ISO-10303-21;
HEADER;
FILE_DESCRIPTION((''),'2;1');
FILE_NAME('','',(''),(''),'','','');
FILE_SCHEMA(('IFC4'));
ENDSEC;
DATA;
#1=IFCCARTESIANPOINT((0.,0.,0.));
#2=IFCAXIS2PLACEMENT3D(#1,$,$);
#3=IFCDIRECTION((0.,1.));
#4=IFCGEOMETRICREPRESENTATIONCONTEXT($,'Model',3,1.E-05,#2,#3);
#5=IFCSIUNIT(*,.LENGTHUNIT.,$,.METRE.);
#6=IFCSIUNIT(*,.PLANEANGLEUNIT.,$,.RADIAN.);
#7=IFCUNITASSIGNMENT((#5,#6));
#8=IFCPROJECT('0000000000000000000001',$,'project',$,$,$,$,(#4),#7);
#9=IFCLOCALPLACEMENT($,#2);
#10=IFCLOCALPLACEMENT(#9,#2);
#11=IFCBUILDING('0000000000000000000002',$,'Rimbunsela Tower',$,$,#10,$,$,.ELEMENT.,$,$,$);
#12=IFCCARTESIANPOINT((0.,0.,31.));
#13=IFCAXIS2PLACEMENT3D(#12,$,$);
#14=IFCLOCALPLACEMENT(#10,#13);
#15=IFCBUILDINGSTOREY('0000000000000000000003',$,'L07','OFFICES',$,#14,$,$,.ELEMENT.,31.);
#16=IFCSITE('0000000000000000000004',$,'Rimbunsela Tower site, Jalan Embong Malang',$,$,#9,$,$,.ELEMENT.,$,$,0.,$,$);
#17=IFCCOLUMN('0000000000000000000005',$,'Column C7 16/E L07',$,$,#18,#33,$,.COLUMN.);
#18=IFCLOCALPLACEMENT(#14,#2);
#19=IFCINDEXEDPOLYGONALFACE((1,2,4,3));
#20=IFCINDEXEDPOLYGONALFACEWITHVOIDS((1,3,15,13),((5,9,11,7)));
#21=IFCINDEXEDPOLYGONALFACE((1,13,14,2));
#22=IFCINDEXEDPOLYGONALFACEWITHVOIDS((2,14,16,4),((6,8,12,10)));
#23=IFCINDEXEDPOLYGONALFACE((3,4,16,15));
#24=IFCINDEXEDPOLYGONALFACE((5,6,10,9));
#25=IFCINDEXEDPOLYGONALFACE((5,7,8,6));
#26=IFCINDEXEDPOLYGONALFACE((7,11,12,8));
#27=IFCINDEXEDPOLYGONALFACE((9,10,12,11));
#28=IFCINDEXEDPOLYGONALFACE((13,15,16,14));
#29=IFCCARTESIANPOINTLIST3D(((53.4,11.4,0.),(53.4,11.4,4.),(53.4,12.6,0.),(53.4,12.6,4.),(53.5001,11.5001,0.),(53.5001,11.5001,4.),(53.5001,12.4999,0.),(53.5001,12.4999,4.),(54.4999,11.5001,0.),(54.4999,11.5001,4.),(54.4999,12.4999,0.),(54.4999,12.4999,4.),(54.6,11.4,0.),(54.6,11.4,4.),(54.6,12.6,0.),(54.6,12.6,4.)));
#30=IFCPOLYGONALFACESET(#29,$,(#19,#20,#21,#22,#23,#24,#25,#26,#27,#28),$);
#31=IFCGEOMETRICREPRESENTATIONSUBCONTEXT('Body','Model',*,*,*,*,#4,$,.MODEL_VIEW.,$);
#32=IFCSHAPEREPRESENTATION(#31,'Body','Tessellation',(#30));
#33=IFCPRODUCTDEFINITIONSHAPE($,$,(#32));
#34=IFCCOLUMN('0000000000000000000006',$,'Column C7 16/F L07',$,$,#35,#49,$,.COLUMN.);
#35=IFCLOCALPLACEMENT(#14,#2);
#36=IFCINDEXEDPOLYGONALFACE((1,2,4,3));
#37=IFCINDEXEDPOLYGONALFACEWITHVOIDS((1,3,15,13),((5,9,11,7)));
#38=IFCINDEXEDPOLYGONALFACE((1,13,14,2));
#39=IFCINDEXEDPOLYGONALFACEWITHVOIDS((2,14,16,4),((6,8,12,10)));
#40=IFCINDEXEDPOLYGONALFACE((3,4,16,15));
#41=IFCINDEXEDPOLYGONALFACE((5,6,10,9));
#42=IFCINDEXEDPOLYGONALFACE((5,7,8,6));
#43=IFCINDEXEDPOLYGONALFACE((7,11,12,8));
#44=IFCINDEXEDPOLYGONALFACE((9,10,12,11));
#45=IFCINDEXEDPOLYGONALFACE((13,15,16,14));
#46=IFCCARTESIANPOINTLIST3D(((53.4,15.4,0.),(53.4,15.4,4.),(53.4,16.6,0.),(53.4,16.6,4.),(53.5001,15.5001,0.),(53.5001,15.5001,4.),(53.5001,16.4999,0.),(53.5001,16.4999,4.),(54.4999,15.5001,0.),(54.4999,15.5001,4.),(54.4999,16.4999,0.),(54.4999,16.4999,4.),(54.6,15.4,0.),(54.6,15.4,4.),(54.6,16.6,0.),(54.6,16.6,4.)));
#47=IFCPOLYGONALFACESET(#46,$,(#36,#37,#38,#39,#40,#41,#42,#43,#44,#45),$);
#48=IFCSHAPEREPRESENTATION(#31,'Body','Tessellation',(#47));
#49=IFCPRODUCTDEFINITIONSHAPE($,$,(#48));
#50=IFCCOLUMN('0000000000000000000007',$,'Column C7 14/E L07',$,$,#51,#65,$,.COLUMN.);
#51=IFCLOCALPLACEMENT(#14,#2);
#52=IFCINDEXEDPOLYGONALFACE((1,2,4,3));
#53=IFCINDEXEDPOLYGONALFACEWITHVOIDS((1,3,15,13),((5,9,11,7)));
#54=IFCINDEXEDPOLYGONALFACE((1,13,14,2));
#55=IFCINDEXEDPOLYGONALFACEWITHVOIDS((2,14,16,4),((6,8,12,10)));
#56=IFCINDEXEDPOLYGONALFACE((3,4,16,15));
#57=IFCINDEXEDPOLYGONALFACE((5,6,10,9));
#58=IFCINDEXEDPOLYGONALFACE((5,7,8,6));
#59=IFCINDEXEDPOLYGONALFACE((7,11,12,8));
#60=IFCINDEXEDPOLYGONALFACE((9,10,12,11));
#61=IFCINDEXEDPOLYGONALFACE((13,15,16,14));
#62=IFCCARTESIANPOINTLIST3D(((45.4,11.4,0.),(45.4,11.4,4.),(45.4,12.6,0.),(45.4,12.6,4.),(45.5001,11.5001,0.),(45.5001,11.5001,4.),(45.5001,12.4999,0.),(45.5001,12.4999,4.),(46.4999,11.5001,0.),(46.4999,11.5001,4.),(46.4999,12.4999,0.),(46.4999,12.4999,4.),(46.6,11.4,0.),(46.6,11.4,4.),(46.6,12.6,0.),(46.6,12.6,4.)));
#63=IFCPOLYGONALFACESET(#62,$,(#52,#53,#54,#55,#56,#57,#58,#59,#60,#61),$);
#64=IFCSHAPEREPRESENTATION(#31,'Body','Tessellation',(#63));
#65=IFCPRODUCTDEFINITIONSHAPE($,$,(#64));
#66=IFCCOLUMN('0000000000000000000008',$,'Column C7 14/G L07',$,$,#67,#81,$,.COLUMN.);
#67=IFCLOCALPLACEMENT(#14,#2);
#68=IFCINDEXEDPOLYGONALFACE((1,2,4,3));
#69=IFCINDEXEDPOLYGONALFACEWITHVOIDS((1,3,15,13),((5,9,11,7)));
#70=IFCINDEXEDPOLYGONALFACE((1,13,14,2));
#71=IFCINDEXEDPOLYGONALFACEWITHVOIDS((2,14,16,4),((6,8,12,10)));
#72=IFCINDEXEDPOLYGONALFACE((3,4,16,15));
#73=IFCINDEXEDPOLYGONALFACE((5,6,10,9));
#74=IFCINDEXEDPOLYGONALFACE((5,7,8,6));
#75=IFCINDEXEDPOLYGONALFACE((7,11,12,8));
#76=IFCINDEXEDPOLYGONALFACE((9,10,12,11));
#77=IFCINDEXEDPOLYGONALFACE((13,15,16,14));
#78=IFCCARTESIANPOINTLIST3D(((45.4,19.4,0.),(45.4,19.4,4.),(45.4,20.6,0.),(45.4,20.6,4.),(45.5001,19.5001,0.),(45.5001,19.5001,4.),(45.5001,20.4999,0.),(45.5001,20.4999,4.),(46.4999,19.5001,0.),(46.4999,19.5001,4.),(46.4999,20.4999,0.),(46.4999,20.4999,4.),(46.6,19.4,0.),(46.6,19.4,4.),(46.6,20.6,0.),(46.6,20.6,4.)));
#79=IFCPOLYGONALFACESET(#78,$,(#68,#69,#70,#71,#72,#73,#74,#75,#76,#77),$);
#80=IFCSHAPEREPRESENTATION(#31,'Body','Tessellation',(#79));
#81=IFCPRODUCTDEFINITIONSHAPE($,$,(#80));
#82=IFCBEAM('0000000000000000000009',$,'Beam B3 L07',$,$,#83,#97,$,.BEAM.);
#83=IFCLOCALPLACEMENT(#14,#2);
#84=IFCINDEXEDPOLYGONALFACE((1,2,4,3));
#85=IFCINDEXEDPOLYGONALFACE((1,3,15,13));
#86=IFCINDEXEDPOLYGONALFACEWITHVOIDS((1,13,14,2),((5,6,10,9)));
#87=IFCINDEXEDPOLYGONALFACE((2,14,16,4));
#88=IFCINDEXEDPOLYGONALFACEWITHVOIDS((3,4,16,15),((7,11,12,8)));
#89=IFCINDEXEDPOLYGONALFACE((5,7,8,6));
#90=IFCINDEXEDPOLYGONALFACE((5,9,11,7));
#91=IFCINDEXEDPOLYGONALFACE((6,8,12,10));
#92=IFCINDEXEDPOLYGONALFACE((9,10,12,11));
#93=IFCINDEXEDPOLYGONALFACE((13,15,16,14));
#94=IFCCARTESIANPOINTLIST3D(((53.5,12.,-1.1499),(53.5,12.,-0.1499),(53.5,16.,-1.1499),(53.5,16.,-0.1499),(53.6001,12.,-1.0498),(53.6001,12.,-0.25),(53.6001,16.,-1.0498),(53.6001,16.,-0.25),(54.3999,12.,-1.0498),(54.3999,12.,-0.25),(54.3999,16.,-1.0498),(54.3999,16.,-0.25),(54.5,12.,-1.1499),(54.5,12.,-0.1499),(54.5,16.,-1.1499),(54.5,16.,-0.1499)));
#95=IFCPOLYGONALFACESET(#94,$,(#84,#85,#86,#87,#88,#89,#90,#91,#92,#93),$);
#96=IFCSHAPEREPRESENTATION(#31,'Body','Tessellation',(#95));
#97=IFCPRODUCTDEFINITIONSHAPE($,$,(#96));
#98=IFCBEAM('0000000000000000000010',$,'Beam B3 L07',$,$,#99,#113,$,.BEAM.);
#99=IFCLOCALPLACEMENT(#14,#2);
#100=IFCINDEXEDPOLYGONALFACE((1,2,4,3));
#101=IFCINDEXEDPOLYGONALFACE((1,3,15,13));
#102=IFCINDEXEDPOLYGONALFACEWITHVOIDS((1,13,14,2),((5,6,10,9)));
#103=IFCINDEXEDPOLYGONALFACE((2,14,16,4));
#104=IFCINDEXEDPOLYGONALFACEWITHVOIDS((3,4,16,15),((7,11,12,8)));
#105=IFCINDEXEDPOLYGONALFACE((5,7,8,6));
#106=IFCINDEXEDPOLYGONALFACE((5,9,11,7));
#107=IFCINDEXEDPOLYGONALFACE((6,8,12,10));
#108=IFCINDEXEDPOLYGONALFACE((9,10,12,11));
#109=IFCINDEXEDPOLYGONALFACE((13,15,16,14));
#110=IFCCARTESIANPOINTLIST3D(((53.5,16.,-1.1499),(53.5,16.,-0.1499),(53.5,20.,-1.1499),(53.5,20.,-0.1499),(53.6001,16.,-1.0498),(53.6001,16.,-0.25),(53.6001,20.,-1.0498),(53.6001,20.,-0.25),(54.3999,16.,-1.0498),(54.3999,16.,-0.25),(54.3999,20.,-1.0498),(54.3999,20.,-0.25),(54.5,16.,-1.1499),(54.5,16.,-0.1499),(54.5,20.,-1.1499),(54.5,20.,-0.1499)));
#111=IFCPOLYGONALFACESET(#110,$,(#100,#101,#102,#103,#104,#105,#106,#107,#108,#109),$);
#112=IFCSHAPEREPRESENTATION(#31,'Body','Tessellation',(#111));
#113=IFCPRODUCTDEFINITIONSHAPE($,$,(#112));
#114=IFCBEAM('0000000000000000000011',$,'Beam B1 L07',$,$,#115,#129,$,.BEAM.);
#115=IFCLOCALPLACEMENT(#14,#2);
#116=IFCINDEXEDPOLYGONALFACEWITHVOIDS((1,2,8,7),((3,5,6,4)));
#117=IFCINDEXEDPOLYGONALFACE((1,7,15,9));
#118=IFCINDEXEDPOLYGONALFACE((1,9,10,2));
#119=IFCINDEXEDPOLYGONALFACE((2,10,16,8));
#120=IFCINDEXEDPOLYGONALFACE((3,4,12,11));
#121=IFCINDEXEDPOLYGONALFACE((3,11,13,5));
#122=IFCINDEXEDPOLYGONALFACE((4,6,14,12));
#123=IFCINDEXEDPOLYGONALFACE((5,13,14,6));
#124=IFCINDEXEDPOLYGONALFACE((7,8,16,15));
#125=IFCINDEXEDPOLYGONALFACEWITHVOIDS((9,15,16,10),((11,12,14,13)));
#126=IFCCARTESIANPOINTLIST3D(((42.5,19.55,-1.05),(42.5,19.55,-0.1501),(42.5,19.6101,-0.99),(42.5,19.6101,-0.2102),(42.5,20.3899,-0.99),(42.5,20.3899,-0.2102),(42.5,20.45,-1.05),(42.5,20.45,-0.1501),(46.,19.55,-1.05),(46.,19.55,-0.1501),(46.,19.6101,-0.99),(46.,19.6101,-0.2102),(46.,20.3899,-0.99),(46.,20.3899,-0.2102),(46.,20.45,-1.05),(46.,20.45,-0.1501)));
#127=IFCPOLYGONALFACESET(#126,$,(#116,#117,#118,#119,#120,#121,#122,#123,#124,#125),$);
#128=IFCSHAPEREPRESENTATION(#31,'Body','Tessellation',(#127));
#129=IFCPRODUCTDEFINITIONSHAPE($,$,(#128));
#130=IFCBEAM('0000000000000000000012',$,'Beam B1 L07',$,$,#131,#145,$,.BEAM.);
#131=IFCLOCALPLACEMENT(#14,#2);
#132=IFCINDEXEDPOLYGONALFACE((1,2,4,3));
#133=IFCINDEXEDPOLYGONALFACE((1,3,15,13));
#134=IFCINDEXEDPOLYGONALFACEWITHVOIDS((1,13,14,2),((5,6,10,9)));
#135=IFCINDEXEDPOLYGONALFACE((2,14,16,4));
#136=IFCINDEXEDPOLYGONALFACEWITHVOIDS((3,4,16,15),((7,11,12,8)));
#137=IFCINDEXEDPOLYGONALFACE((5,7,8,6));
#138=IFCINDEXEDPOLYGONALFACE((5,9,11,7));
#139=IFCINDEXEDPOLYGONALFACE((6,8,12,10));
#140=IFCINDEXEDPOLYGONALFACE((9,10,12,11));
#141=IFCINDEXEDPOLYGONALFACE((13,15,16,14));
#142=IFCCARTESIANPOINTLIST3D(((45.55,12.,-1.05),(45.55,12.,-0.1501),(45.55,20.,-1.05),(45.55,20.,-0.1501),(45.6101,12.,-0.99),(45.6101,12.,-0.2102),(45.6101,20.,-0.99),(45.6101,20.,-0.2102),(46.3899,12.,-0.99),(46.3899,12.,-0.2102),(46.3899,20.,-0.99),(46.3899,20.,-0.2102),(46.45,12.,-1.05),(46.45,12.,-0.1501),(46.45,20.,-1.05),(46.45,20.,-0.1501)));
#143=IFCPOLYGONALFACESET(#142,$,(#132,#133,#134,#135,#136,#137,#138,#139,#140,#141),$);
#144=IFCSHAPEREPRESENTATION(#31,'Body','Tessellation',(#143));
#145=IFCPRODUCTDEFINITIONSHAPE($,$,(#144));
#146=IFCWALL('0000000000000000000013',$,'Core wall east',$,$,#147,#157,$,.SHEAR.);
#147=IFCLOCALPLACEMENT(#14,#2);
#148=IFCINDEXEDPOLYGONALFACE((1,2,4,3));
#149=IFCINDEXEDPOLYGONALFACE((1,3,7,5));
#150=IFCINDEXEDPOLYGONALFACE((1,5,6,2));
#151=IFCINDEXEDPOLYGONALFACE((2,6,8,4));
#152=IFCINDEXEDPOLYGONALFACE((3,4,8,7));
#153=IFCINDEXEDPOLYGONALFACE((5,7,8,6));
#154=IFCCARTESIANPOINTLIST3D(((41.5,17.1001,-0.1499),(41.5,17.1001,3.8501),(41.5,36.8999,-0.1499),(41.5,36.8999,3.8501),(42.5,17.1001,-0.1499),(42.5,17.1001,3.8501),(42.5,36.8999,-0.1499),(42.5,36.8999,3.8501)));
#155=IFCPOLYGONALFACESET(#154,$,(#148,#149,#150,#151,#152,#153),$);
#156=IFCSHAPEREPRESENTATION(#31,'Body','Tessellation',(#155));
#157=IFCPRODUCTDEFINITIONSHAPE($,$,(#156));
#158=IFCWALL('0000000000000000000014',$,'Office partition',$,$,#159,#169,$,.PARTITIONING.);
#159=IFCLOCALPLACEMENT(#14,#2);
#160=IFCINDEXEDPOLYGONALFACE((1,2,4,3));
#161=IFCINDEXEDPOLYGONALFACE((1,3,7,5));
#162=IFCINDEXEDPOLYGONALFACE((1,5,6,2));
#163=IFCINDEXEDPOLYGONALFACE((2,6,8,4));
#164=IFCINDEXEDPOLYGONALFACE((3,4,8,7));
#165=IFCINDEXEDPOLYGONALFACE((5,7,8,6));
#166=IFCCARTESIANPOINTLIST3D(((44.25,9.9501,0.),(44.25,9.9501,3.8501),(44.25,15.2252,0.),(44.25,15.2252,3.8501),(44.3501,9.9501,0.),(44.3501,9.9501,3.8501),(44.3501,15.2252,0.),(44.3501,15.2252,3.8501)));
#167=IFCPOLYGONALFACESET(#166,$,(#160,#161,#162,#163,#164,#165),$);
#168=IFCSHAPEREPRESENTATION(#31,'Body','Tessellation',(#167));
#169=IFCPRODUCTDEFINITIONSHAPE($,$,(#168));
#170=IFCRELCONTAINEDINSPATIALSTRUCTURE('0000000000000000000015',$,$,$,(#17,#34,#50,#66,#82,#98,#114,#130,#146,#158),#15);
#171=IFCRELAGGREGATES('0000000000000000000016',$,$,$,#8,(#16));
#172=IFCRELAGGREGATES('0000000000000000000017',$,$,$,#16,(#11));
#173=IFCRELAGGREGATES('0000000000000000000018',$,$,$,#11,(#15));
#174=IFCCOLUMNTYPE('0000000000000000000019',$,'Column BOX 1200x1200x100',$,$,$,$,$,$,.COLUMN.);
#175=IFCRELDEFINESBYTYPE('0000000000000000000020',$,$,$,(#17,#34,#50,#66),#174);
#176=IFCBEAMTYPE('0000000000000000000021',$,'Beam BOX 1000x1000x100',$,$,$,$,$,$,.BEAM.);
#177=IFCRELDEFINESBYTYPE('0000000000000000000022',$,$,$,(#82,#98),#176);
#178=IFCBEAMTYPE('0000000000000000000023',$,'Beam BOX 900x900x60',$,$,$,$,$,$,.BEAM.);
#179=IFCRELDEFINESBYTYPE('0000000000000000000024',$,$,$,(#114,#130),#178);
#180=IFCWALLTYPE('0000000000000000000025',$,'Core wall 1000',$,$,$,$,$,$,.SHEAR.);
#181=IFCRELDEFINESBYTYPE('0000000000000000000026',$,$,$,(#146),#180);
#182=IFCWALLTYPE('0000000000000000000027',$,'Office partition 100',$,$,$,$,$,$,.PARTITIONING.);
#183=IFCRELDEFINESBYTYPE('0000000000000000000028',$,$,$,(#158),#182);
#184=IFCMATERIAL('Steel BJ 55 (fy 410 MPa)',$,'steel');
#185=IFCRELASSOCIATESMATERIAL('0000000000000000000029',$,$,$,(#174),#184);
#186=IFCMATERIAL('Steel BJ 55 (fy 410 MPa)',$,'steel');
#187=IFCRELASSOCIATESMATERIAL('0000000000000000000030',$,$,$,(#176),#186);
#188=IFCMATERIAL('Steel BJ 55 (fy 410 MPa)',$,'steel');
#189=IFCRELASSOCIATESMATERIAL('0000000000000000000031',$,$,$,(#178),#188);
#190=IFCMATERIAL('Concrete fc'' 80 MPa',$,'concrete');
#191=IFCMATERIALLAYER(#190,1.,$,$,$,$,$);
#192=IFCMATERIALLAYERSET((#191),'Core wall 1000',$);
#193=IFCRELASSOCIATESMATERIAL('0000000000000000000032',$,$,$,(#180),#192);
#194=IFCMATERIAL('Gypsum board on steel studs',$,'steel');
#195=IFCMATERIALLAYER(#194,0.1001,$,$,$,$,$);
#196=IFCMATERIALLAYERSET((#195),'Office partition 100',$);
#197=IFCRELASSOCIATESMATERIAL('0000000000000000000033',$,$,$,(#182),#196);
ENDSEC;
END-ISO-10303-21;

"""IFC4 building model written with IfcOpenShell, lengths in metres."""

from ifc_helpers import new_model, si_unit, direction, frame, frame_2d, origin, origin_2d, place, context, subcontext, project, spatial, rectangle, hollow_rectangle, extrude, material, layer, layer_set, material_profile, profile_set, type_object, element, save


model = new_model("IFC4")

# Units and contexts
model_context = context("Model", 3, precision=1e-05, world=origin(), true_north=direction((0.0, 1.0)))
body_context = subcontext(model_context, "Body", "Model", "MODEL_VIEW")
ifc_project = project(units=[si_unit("LENGTHUNIT", "METRE"), si_unit("PLANEANGLEUNIT", "RADIAN")], contexts=[model_context])

# Site, building, storey
site_placement = place(None, origin())
site = spatial("IfcSite", under=ifc_project, at=site_placement, Name="Rimbunsela Tower site, Jalan Embong Malang", CompositionType="ELEMENT", RefElevation=0.0)
building_placement = place(site_placement, origin())
building = spatial("IfcBuilding", under=site, at=building_placement, Name="Rimbunsela Tower", CompositionType="ELEMENT")
storey_placement = place(building_placement, frame((0.0, 0.0, 31.0)))
storey = spatial("IfcBuildingStorey", under=building, at=storey_placement, Name="L07", Description="OFFICES", CompositionType="ELEMENT", Elevation=31.0)

# Columns
ifc_material_1 = material(Name="Steel BJ 55 (fy 410 MPa)", Category="steel")
ifc_material_profile_1 = material_profile(ifc_material_1, hollow_rectangle(XDim=1.2, YDim=1.2, WallThickness=0.1001, at=origin_2d()), Name="BOX 1200x1200x100")
ifc_profile_set_1 = profile_set([ifc_material_profile_1], Name="Steel BJ 55 (fy 410 MPa)")
column_type = type_object("IfcColumnType", Name="Column BOX 1200x1200x100", PredefinedType="COLUMN", material=ifc_profile_set_1)
for number, where, z_axis, x_axis, name in (
    (1, (54.0, 12.0, 0.0), (0.0, 0.0, 1.0), (1.0, 0.0, 0.0), "Column C7 16/E L07"),
    (2, (54.0, 16.0, 0.0), (0.0, 0.0, 1.0), (1.0, 0.0, 0.0), "Column C7 16/F L07"),
    (3, (46.0, 12.0, 0.0), (0.0, 0.0, 1.0), (1.0, 0.0, 0.0), "Column C7 14/E L07"),
    (4, (46.0, 20.0, 0.0), (0.0, 0.0, 1.0), (1.0, 0.0, 0.0), "Column C7 14/G L07"),
):
    element("IfcColumn", number, at=place(storey_placement, frame(where, z_axis=z_axis, x_axis=x_axis)), inside=storey, type_object=column_type, Name=name, PredefinedType="COLUMN", context=body_context, shape_type="SweptSolid", body=[
        extrude(hollow_rectangle(XDim=1.2, YDim=1.2, WallThickness=0.1001, at=origin_2d()), origin(), (0.0, 0.0, 1.0), 4.0),
    ])

# Beams
ifc_material_2 = material(Name="Steel BJ 55 (fy 410 MPa)", Category="steel")
ifc_material_profile_2 = material_profile(ifc_material_2, hollow_rectangle(XDim=1.0, YDim=1.0, WallThickness=0.1001, at=origin_2d()), Name="BOX 1000x1000x100")
ifc_profile_set_2 = profile_set([ifc_material_profile_2], Name="Steel BJ 55 (fy 410 MPa)")
beam_type_1 = type_object("IfcBeamType", Name="Beam BOX 1000x1000x100", PredefinedType="BEAM", material=ifc_profile_set_2)
for number, where, z_axis, x_axis, name in (
    (5, (54.0, 12.0, -0.6499), (0.0, 1.0, 0.0), (-1.0, 0.0, 0.0), "Beam B3 L07"),
    (6, (54.0, 16.0, -0.6499), (0.0, 1.0, 0.0), (-1.0, 0.0, 0.0), "Beam B3 L07"),
):
    element("IfcBeam", number, at=place(storey_placement, frame(where, z_axis=z_axis, x_axis=x_axis)), inside=storey, type_object=beam_type_1, Name=name, PredefinedType="BEAM", context=body_context, shape_type="SweptSolid", body=[
        extrude(hollow_rectangle(XDim=1.0, YDim=1.0, WallThickness=0.1001, at=origin_2d()), origin(), (0.0, 0.0, 1.0), 4.0),
    ])
ifc_material_3 = material(Name="Steel BJ 55 (fy 410 MPa)", Category="steel")
ifc_material_profile_3 = material_profile(ifc_material_3, hollow_rectangle(XDim=0.8999, YDim=0.8999, WallThickness=0.0601, at=origin_2d()), Name="BOX 900x900x60")
ifc_profile_set_3 = profile_set([ifc_material_profile_3], Name="Steel BJ 55 (fy 410 MPa)")
beam_type_2 = type_object("IfcBeamType", Name="Beam BOX 900x900x60", PredefinedType="BEAM", material=ifc_profile_set_3)
beam_1_placement = place(storey_placement, frame((42.5, 20.0, -0.6001), z_axis=(1.0, 0.0, 0.0), x_axis=(0.0, 1.0, 0.0)))
element("IfcBeam", 7, at=beam_1_placement, inside=storey, type_object=beam_type_2, Name="Beam B1 L07", PredefinedType="BEAM", context=body_context, shape_type="SweptSolid", body=[
    extrude(hollow_rectangle(XDim=0.8999, YDim=0.8999, WallThickness=0.0601, at=origin_2d()), origin(), (0.0, 0.0, 1.0), 3.5),
])
beam_2_placement = place(storey_placement, frame((46.0, 12.0, -0.6001), z_axis=(0.0, 1.0, 0.0), x_axis=(-1.0, 0.0, 0.0)))
element("IfcBeam", 8, at=beam_2_placement, inside=storey, type_object=beam_type_2, Name="Beam B1 L07", PredefinedType="BEAM", context=body_context, shape_type="SweptSolid", body=[
    extrude(hollow_rectangle(XDim=0.8999, YDim=0.8999, WallThickness=0.0601, at=origin_2d()), origin(), (0.0, 0.0, 1.0), 8.0),
])

# Walls
ifc_material_4 = material(Name="Concrete fc' 80 MPa", Category="concrete")
ifc_layer_1 = layer(ifc_material_4, 1.0)
ifc_layer_set_1 = layer_set([ifc_layer_1], Name="Core wall 1000")
wall_type_1 = type_object("IfcWallType", Name="Core wall 1000", PredefinedType="SHEAR", material=ifc_layer_set_1)
wall_1_placement = place(storey_placement, frame((42.0, 17.1001, -0.1499), z_axis=(0.0, 0.0, 1.0), x_axis=(0.0, 1.0, 0.0)))
element("IfcWall", 9, at=wall_1_placement, inside=storey, type_object=wall_type_1, Name="Core wall east", PredefinedType="SHEAR", context=body_context, shape_type="SweptSolid", body=[
    extrude(rectangle(XDim=19.7998, YDim=1.0, at=frame_2d((9.8999, 0.0))), origin(), (0.0, 0.0, 1.0), 4.0),
])
ifc_material_5 = material(Name="Gypsum board on steel studs", Category="steel")
ifc_layer_2 = layer(ifc_material_5, 0.1001)
ifc_layer_set_2 = layer_set([ifc_layer_2], Name="Office partition 100")
wall_type_2 = type_object("IfcWallType", Name="Office partition 100", PredefinedType="PARTITIONING", material=ifc_layer_set_2)
wall_2_placement = place(storey_placement, frame((44.3, 9.95, 0.0), z_axis=(0.0, 0.0, 1.0), x_axis=(0.0, 1.0, 0.0)))
element("IfcWall", 10, at=wall_2_placement, inside=storey, type_object=wall_type_2, Name="Office partition", PredefinedType="PARTITIONING", context=body_context, shape_type="SweptSolid", body=[
    extrude(rectangle(XDim=5.2751, YDim=0.1001, at=frame_2d((2.6377, 0.0))), origin(), (0.0, 0.0, 1.0), 3.8501),
])

save(model, "model.ifc")
